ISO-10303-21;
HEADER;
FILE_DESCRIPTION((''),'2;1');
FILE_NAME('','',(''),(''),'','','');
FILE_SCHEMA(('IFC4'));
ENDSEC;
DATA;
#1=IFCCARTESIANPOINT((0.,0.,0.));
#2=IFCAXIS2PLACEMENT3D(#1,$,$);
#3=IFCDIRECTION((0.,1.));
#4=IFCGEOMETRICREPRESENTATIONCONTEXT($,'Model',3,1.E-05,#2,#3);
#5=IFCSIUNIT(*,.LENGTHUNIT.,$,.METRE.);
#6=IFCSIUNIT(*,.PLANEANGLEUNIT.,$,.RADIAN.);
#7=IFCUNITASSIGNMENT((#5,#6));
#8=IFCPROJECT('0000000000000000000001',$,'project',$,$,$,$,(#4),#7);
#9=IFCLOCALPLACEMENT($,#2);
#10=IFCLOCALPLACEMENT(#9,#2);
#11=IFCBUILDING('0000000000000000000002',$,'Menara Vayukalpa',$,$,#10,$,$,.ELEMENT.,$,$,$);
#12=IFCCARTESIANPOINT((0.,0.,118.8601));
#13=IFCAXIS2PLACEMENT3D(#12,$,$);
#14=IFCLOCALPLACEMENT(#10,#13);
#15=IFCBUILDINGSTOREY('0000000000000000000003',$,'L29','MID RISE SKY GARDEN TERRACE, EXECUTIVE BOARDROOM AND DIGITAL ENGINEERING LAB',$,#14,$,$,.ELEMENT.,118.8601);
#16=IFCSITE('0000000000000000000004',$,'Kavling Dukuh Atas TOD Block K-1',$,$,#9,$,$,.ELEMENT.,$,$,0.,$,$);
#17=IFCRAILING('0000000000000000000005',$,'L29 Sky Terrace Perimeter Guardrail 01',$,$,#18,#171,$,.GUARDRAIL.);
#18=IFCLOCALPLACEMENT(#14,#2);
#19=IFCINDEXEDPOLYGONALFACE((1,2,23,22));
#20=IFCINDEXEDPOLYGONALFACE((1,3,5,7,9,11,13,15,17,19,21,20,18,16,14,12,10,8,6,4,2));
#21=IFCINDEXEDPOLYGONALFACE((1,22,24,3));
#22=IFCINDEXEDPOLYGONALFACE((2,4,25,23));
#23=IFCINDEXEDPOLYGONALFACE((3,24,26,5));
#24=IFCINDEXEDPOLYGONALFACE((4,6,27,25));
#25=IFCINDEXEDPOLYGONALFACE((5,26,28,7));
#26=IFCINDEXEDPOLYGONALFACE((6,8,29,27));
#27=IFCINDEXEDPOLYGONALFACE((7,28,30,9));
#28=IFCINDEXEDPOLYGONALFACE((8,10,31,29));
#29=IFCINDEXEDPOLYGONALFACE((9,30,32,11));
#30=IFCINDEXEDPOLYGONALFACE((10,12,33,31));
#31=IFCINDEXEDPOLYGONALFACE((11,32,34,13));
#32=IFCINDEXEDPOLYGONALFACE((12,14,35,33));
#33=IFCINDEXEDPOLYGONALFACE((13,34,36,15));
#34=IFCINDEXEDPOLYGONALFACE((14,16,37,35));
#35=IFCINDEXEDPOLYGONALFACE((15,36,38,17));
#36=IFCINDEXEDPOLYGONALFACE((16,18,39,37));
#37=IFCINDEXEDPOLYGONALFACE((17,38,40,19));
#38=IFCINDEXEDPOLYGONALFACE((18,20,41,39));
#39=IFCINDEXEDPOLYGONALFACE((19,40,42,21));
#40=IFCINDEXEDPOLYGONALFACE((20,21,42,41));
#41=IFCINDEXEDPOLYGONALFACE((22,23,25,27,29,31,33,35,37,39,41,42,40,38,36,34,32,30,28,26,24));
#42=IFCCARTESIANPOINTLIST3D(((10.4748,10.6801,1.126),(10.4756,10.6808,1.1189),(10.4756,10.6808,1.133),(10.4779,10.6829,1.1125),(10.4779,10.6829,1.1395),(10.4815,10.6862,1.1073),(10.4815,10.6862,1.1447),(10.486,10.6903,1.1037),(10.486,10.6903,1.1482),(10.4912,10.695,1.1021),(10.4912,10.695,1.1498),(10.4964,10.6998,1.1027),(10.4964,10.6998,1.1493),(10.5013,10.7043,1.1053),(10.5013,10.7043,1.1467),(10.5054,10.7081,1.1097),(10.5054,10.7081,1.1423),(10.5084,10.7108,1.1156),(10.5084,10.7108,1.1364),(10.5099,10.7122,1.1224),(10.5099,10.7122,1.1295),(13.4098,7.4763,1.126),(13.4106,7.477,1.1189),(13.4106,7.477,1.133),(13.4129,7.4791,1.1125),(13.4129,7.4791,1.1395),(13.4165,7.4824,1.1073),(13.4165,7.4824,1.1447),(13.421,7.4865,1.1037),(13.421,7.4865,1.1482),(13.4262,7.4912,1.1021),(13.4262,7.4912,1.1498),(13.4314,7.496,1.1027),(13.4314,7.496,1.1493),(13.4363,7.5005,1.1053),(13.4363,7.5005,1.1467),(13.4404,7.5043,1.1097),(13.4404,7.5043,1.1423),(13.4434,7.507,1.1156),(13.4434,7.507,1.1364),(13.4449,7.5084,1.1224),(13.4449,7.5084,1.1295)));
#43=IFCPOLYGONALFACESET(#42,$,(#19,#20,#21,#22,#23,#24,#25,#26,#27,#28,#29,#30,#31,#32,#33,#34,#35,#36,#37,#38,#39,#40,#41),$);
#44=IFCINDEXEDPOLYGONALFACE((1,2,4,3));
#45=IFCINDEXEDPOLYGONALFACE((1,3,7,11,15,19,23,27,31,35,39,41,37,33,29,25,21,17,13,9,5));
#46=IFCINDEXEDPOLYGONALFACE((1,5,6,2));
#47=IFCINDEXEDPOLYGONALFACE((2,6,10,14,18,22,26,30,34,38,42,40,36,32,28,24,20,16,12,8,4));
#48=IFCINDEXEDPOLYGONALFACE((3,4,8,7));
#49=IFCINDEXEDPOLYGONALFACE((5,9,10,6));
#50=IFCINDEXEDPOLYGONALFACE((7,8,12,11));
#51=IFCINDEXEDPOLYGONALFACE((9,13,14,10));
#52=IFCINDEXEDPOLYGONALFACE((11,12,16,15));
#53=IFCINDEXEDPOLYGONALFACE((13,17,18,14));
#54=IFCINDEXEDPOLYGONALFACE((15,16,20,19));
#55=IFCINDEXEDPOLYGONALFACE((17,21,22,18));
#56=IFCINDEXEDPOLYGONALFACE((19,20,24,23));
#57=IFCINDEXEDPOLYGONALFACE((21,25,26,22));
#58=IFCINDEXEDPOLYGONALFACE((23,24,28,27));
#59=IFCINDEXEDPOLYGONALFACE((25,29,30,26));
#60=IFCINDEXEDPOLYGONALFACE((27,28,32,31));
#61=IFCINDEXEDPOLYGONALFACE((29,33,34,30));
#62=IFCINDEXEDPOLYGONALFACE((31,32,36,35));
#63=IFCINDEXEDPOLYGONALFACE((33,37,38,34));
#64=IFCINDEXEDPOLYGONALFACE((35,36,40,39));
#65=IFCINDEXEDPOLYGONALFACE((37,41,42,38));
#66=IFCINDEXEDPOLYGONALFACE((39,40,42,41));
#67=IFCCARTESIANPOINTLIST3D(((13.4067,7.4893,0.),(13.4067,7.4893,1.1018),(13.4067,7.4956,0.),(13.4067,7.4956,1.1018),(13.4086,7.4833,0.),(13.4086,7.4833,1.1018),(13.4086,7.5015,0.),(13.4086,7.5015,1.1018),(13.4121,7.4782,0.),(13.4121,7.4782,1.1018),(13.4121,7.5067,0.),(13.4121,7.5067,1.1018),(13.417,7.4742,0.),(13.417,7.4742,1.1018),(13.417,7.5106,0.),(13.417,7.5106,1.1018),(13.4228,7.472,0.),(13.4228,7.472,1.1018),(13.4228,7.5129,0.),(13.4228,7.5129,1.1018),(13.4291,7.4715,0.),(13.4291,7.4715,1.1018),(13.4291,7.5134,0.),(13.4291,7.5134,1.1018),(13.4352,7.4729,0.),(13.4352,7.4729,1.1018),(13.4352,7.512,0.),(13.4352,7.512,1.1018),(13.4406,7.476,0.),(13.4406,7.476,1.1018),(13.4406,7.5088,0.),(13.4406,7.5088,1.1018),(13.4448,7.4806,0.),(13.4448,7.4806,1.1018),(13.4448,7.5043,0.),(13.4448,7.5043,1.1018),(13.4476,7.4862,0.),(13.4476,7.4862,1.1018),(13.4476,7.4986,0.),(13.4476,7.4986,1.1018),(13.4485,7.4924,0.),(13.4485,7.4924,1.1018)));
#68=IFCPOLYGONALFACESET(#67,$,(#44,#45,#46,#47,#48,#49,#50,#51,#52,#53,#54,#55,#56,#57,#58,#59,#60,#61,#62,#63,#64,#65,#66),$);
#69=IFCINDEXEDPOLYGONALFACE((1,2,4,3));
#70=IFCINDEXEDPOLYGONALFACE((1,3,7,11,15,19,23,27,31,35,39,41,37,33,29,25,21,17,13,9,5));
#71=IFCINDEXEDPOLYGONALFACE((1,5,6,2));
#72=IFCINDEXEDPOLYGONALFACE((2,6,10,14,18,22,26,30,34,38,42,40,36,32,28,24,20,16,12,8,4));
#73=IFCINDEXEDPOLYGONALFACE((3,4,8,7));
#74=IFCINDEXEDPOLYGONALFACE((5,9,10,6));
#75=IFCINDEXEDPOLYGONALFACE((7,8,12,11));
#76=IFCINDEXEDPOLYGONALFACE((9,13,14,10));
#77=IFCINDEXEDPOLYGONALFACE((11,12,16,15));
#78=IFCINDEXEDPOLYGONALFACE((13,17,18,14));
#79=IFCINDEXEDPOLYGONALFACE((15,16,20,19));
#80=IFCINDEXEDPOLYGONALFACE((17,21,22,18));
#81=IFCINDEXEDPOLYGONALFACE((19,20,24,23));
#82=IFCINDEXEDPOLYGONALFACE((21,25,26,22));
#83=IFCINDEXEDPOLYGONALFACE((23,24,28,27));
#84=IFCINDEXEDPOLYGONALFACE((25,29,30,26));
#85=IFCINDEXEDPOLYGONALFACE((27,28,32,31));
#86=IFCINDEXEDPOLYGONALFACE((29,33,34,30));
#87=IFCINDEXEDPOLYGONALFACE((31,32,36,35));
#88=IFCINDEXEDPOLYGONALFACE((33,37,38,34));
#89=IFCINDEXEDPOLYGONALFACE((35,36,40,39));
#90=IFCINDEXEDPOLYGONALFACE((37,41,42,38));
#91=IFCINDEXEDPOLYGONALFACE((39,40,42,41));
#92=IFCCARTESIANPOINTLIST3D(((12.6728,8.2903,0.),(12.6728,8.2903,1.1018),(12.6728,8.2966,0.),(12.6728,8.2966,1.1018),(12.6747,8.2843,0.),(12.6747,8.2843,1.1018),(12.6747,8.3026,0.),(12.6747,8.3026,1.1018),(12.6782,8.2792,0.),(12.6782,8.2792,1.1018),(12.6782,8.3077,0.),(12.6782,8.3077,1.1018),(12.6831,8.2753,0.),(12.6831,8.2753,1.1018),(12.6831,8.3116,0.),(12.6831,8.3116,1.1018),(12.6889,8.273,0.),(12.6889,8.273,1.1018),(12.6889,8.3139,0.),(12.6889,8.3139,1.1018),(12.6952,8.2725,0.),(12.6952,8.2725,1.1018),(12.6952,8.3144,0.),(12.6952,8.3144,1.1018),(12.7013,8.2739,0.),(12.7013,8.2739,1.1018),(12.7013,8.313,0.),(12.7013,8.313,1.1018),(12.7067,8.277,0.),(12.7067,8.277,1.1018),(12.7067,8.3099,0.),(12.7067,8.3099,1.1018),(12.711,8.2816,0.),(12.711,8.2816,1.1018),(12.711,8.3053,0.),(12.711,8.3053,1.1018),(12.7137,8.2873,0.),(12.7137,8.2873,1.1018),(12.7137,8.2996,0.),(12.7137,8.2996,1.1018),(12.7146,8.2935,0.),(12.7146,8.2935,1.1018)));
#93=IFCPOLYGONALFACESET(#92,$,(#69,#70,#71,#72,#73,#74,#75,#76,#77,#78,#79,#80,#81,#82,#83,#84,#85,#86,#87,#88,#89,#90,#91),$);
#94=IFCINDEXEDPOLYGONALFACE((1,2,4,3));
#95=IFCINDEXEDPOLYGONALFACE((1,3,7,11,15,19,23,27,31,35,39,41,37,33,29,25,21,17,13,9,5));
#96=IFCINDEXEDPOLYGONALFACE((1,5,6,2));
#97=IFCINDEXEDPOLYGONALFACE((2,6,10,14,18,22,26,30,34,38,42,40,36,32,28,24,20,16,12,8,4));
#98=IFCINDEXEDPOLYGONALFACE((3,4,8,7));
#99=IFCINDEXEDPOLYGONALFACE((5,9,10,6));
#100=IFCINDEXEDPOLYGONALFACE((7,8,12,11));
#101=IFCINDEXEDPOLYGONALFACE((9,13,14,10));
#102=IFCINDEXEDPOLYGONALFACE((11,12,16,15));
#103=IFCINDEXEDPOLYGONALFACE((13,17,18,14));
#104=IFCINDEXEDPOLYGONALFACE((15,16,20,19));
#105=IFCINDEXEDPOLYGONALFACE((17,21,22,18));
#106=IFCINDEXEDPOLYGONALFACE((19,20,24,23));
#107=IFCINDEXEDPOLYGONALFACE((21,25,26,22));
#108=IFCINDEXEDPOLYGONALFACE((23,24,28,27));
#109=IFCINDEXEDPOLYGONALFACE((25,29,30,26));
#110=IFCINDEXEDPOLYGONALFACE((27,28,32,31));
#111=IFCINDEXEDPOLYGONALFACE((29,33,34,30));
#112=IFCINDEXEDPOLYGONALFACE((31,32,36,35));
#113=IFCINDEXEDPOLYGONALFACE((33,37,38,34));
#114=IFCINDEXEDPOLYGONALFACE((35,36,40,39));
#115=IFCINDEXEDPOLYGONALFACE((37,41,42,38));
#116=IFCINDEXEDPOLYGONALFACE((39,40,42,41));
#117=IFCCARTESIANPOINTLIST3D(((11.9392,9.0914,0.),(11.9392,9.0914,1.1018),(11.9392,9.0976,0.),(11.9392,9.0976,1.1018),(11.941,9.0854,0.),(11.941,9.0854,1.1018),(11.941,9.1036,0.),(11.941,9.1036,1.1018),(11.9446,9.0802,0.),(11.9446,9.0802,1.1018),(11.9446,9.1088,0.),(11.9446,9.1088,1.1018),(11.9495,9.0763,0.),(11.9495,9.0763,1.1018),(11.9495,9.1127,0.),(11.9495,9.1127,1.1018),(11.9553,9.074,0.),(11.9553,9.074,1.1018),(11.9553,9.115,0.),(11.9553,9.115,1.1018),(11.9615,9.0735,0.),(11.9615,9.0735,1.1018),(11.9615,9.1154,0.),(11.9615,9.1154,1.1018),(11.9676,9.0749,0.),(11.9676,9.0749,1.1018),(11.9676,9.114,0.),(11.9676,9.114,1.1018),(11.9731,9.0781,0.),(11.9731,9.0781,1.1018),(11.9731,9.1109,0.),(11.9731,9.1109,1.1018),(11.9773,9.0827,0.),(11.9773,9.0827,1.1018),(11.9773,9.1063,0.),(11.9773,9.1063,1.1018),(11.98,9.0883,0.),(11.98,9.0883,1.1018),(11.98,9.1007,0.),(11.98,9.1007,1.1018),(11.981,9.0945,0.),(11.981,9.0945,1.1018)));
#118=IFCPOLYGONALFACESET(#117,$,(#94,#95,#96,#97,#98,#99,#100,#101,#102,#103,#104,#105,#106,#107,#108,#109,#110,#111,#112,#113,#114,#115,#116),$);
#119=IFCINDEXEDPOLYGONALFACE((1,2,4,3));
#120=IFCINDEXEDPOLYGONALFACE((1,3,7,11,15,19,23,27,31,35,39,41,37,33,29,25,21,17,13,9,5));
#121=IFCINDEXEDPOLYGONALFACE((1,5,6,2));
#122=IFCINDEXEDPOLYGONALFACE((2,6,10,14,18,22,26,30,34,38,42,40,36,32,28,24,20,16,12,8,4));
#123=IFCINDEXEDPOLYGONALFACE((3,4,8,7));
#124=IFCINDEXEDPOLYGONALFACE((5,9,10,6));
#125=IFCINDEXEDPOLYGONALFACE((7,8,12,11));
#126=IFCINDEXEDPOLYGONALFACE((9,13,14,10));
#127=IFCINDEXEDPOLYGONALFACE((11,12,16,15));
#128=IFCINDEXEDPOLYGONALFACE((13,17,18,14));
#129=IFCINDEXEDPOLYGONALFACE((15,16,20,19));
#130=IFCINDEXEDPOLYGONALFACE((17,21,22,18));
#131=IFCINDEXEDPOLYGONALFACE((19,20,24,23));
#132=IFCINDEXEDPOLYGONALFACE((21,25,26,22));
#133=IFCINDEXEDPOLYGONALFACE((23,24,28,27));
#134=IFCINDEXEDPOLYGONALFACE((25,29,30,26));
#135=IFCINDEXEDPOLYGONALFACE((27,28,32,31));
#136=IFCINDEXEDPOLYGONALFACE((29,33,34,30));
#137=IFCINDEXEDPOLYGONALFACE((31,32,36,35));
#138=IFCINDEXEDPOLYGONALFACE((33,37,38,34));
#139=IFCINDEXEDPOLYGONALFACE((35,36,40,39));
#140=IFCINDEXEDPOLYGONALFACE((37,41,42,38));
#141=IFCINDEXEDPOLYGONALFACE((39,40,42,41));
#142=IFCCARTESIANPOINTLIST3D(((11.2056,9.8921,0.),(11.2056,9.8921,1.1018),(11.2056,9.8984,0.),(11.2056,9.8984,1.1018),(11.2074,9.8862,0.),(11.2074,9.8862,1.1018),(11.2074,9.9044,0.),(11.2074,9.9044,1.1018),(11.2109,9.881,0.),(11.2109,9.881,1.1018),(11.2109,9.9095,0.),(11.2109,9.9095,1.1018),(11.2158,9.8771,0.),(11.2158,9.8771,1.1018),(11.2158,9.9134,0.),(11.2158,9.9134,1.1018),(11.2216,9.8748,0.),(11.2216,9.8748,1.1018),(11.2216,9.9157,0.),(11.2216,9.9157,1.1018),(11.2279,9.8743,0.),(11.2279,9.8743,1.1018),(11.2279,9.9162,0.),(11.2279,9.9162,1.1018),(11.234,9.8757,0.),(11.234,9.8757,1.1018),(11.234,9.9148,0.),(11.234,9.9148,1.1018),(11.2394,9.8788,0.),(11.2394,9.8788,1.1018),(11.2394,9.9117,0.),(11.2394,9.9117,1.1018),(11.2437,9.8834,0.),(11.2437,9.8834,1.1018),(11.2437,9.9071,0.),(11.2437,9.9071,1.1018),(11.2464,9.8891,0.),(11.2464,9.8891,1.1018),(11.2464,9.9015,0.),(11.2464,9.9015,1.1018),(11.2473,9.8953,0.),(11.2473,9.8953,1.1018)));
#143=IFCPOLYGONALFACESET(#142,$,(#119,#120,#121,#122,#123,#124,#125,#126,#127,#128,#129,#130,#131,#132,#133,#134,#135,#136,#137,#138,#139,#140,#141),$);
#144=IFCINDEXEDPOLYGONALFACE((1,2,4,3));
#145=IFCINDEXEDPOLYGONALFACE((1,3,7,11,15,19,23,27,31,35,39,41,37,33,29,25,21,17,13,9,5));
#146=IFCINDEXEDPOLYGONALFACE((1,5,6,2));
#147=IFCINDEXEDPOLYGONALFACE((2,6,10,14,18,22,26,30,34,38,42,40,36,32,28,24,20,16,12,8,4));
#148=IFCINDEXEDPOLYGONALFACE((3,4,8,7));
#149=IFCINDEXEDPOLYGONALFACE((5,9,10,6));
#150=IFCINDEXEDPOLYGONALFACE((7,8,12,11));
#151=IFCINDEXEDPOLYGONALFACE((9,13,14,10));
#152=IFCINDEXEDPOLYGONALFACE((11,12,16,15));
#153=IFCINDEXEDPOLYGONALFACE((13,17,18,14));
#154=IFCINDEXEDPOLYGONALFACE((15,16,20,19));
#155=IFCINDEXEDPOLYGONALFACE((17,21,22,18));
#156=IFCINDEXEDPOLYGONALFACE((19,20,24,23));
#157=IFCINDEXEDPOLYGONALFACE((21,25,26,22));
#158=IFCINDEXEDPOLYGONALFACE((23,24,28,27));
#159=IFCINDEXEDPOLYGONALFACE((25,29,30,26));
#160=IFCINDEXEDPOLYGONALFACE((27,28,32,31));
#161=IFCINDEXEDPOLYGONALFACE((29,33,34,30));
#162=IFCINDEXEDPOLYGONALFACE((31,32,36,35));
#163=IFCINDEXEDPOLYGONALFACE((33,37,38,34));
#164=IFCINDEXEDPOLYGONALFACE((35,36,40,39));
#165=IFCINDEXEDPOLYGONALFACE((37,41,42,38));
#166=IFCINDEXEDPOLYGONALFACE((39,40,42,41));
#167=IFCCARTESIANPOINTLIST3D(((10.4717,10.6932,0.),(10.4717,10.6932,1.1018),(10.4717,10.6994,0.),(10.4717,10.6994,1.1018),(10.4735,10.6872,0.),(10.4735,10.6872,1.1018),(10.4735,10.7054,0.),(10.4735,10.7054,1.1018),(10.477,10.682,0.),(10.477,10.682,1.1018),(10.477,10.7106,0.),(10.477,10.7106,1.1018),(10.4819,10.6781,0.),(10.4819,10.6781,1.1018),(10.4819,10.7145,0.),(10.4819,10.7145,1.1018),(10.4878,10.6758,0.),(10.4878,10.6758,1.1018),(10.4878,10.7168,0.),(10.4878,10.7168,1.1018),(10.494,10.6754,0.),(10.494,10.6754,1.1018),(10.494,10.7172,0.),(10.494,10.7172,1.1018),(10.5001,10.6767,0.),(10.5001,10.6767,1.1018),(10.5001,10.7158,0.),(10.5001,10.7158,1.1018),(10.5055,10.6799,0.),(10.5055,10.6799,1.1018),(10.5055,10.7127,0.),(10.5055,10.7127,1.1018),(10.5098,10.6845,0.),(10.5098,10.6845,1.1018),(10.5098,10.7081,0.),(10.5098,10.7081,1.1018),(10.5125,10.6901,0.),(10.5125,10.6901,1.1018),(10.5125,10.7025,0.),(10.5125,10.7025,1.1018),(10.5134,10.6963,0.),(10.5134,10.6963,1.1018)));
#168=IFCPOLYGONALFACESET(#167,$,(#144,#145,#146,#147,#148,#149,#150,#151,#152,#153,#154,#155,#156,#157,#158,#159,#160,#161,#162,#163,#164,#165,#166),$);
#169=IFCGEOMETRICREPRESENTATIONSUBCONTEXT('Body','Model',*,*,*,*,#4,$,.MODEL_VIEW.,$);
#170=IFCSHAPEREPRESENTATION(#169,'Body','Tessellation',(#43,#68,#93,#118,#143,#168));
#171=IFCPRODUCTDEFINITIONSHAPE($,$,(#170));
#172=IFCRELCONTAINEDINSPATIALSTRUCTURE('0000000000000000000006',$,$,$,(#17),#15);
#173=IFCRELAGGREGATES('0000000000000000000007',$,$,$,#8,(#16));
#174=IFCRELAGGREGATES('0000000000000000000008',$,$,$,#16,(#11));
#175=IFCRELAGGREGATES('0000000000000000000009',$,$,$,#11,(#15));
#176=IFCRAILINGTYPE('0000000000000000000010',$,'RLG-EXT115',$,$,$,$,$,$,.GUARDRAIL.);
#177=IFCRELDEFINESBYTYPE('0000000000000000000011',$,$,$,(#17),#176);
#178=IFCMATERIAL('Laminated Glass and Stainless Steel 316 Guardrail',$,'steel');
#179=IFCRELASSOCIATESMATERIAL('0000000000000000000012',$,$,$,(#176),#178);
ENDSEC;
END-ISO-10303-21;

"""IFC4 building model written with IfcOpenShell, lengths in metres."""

from ifc_helpers import new_model, si_unit, direction, frame, origin, origin_2d, place, context, subcontext, project, spatial, circle, extrude, material, type_object, element, save


model = new_model("IFC4")

# Units and contexts
model_context = context("Model", 3, precision=1e-05, world=origin(), true_north=direction((0.0, 1.0)))
body_context = subcontext(model_context, "Body", "Model", "MODEL_VIEW")
ifc_project = project(units=[si_unit("LENGTHUNIT", "METRE"), si_unit("PLANEANGLEUNIT", "RADIAN")], contexts=[model_context])

# Site, building, storey
site_placement = place(None, origin())
site = spatial("IfcSite", under=ifc_project, at=site_placement, Name="Kavling Dukuh Atas TOD Block K-1", CompositionType="ELEMENT", RefElevation=0.0)
building_placement = place(site_placement, origin())
building = spatial("IfcBuilding", under=site, at=building_placement, Name="Menara Vayukalpa", CompositionType="ELEMENT")
storey_placement = place(building_placement, frame((0.0, 0.0, 118.8601)))
storey = spatial("IfcBuildingStorey", under=building, at=storey_placement, Name="L29", Description="MID RISE SKY GARDEN TERRACE, EXECUTIVE BOARDROOM AND DIGITAL ENGINEERING LAB", CompositionType="ELEMENT", Elevation=118.8601)

# Railing
ifc_material_1 = material(Name="Laminated Glass and Stainless Steel 316 Guardrail", Category="steel")
railing_type = type_object("IfcRailingType", Name="RLG-EXT115", PredefinedType="GUARDRAIL", material=ifc_material_1)
railing_1_placement = place(storey_placement, frame((13.4275, 7.4924, 0.0)))
element("IfcRailing", 1, at=railing_1_placement, inside=storey, type_object=railing_type, Name="L29 Sky Terrace Perimeter Guardrail 01", PredefinedType="GUARDRAIL", context=body_context, shape_type="SweptSolid", body=[
    extrude(circle(Radius=0.0239, at=origin_2d()), frame((0.0, 0.0, 1.126), z_axis=(-0.675498, 0.737362, 0.0), x_axis=(-0.737362, -0.675498, 0.0)), (0.0, 0.0, 1.0), 4.345),
    extrude(circle(Radius=0.021, at=origin_2d()), origin(), (0.0, 0.0, 1.0), 1.1018),
    extrude(circle(Radius=0.021, at=origin_2d()), frame((-0.7339, 0.801, 0.0)), (0.0, 0.0, 1.0), 1.1018),
    extrude(circle(Radius=0.021, at=origin_2d()), frame((-1.4675, 1.6021, 0.0)), (0.0, 0.0, 1.0), 1.1018),
    extrude(circle(Radius=0.021, at=origin_2d()), frame((-2.2012, 2.4028, 0.0)), (0.0, 0.0, 1.0), 1.1018),
    extrude(circle(Radius=0.021, at=origin_2d()), frame((-2.9351, 3.2039, 0.0)), (0.0, 0.0, 1.0), 1.1018),
])

save(model, "model.ifc")
